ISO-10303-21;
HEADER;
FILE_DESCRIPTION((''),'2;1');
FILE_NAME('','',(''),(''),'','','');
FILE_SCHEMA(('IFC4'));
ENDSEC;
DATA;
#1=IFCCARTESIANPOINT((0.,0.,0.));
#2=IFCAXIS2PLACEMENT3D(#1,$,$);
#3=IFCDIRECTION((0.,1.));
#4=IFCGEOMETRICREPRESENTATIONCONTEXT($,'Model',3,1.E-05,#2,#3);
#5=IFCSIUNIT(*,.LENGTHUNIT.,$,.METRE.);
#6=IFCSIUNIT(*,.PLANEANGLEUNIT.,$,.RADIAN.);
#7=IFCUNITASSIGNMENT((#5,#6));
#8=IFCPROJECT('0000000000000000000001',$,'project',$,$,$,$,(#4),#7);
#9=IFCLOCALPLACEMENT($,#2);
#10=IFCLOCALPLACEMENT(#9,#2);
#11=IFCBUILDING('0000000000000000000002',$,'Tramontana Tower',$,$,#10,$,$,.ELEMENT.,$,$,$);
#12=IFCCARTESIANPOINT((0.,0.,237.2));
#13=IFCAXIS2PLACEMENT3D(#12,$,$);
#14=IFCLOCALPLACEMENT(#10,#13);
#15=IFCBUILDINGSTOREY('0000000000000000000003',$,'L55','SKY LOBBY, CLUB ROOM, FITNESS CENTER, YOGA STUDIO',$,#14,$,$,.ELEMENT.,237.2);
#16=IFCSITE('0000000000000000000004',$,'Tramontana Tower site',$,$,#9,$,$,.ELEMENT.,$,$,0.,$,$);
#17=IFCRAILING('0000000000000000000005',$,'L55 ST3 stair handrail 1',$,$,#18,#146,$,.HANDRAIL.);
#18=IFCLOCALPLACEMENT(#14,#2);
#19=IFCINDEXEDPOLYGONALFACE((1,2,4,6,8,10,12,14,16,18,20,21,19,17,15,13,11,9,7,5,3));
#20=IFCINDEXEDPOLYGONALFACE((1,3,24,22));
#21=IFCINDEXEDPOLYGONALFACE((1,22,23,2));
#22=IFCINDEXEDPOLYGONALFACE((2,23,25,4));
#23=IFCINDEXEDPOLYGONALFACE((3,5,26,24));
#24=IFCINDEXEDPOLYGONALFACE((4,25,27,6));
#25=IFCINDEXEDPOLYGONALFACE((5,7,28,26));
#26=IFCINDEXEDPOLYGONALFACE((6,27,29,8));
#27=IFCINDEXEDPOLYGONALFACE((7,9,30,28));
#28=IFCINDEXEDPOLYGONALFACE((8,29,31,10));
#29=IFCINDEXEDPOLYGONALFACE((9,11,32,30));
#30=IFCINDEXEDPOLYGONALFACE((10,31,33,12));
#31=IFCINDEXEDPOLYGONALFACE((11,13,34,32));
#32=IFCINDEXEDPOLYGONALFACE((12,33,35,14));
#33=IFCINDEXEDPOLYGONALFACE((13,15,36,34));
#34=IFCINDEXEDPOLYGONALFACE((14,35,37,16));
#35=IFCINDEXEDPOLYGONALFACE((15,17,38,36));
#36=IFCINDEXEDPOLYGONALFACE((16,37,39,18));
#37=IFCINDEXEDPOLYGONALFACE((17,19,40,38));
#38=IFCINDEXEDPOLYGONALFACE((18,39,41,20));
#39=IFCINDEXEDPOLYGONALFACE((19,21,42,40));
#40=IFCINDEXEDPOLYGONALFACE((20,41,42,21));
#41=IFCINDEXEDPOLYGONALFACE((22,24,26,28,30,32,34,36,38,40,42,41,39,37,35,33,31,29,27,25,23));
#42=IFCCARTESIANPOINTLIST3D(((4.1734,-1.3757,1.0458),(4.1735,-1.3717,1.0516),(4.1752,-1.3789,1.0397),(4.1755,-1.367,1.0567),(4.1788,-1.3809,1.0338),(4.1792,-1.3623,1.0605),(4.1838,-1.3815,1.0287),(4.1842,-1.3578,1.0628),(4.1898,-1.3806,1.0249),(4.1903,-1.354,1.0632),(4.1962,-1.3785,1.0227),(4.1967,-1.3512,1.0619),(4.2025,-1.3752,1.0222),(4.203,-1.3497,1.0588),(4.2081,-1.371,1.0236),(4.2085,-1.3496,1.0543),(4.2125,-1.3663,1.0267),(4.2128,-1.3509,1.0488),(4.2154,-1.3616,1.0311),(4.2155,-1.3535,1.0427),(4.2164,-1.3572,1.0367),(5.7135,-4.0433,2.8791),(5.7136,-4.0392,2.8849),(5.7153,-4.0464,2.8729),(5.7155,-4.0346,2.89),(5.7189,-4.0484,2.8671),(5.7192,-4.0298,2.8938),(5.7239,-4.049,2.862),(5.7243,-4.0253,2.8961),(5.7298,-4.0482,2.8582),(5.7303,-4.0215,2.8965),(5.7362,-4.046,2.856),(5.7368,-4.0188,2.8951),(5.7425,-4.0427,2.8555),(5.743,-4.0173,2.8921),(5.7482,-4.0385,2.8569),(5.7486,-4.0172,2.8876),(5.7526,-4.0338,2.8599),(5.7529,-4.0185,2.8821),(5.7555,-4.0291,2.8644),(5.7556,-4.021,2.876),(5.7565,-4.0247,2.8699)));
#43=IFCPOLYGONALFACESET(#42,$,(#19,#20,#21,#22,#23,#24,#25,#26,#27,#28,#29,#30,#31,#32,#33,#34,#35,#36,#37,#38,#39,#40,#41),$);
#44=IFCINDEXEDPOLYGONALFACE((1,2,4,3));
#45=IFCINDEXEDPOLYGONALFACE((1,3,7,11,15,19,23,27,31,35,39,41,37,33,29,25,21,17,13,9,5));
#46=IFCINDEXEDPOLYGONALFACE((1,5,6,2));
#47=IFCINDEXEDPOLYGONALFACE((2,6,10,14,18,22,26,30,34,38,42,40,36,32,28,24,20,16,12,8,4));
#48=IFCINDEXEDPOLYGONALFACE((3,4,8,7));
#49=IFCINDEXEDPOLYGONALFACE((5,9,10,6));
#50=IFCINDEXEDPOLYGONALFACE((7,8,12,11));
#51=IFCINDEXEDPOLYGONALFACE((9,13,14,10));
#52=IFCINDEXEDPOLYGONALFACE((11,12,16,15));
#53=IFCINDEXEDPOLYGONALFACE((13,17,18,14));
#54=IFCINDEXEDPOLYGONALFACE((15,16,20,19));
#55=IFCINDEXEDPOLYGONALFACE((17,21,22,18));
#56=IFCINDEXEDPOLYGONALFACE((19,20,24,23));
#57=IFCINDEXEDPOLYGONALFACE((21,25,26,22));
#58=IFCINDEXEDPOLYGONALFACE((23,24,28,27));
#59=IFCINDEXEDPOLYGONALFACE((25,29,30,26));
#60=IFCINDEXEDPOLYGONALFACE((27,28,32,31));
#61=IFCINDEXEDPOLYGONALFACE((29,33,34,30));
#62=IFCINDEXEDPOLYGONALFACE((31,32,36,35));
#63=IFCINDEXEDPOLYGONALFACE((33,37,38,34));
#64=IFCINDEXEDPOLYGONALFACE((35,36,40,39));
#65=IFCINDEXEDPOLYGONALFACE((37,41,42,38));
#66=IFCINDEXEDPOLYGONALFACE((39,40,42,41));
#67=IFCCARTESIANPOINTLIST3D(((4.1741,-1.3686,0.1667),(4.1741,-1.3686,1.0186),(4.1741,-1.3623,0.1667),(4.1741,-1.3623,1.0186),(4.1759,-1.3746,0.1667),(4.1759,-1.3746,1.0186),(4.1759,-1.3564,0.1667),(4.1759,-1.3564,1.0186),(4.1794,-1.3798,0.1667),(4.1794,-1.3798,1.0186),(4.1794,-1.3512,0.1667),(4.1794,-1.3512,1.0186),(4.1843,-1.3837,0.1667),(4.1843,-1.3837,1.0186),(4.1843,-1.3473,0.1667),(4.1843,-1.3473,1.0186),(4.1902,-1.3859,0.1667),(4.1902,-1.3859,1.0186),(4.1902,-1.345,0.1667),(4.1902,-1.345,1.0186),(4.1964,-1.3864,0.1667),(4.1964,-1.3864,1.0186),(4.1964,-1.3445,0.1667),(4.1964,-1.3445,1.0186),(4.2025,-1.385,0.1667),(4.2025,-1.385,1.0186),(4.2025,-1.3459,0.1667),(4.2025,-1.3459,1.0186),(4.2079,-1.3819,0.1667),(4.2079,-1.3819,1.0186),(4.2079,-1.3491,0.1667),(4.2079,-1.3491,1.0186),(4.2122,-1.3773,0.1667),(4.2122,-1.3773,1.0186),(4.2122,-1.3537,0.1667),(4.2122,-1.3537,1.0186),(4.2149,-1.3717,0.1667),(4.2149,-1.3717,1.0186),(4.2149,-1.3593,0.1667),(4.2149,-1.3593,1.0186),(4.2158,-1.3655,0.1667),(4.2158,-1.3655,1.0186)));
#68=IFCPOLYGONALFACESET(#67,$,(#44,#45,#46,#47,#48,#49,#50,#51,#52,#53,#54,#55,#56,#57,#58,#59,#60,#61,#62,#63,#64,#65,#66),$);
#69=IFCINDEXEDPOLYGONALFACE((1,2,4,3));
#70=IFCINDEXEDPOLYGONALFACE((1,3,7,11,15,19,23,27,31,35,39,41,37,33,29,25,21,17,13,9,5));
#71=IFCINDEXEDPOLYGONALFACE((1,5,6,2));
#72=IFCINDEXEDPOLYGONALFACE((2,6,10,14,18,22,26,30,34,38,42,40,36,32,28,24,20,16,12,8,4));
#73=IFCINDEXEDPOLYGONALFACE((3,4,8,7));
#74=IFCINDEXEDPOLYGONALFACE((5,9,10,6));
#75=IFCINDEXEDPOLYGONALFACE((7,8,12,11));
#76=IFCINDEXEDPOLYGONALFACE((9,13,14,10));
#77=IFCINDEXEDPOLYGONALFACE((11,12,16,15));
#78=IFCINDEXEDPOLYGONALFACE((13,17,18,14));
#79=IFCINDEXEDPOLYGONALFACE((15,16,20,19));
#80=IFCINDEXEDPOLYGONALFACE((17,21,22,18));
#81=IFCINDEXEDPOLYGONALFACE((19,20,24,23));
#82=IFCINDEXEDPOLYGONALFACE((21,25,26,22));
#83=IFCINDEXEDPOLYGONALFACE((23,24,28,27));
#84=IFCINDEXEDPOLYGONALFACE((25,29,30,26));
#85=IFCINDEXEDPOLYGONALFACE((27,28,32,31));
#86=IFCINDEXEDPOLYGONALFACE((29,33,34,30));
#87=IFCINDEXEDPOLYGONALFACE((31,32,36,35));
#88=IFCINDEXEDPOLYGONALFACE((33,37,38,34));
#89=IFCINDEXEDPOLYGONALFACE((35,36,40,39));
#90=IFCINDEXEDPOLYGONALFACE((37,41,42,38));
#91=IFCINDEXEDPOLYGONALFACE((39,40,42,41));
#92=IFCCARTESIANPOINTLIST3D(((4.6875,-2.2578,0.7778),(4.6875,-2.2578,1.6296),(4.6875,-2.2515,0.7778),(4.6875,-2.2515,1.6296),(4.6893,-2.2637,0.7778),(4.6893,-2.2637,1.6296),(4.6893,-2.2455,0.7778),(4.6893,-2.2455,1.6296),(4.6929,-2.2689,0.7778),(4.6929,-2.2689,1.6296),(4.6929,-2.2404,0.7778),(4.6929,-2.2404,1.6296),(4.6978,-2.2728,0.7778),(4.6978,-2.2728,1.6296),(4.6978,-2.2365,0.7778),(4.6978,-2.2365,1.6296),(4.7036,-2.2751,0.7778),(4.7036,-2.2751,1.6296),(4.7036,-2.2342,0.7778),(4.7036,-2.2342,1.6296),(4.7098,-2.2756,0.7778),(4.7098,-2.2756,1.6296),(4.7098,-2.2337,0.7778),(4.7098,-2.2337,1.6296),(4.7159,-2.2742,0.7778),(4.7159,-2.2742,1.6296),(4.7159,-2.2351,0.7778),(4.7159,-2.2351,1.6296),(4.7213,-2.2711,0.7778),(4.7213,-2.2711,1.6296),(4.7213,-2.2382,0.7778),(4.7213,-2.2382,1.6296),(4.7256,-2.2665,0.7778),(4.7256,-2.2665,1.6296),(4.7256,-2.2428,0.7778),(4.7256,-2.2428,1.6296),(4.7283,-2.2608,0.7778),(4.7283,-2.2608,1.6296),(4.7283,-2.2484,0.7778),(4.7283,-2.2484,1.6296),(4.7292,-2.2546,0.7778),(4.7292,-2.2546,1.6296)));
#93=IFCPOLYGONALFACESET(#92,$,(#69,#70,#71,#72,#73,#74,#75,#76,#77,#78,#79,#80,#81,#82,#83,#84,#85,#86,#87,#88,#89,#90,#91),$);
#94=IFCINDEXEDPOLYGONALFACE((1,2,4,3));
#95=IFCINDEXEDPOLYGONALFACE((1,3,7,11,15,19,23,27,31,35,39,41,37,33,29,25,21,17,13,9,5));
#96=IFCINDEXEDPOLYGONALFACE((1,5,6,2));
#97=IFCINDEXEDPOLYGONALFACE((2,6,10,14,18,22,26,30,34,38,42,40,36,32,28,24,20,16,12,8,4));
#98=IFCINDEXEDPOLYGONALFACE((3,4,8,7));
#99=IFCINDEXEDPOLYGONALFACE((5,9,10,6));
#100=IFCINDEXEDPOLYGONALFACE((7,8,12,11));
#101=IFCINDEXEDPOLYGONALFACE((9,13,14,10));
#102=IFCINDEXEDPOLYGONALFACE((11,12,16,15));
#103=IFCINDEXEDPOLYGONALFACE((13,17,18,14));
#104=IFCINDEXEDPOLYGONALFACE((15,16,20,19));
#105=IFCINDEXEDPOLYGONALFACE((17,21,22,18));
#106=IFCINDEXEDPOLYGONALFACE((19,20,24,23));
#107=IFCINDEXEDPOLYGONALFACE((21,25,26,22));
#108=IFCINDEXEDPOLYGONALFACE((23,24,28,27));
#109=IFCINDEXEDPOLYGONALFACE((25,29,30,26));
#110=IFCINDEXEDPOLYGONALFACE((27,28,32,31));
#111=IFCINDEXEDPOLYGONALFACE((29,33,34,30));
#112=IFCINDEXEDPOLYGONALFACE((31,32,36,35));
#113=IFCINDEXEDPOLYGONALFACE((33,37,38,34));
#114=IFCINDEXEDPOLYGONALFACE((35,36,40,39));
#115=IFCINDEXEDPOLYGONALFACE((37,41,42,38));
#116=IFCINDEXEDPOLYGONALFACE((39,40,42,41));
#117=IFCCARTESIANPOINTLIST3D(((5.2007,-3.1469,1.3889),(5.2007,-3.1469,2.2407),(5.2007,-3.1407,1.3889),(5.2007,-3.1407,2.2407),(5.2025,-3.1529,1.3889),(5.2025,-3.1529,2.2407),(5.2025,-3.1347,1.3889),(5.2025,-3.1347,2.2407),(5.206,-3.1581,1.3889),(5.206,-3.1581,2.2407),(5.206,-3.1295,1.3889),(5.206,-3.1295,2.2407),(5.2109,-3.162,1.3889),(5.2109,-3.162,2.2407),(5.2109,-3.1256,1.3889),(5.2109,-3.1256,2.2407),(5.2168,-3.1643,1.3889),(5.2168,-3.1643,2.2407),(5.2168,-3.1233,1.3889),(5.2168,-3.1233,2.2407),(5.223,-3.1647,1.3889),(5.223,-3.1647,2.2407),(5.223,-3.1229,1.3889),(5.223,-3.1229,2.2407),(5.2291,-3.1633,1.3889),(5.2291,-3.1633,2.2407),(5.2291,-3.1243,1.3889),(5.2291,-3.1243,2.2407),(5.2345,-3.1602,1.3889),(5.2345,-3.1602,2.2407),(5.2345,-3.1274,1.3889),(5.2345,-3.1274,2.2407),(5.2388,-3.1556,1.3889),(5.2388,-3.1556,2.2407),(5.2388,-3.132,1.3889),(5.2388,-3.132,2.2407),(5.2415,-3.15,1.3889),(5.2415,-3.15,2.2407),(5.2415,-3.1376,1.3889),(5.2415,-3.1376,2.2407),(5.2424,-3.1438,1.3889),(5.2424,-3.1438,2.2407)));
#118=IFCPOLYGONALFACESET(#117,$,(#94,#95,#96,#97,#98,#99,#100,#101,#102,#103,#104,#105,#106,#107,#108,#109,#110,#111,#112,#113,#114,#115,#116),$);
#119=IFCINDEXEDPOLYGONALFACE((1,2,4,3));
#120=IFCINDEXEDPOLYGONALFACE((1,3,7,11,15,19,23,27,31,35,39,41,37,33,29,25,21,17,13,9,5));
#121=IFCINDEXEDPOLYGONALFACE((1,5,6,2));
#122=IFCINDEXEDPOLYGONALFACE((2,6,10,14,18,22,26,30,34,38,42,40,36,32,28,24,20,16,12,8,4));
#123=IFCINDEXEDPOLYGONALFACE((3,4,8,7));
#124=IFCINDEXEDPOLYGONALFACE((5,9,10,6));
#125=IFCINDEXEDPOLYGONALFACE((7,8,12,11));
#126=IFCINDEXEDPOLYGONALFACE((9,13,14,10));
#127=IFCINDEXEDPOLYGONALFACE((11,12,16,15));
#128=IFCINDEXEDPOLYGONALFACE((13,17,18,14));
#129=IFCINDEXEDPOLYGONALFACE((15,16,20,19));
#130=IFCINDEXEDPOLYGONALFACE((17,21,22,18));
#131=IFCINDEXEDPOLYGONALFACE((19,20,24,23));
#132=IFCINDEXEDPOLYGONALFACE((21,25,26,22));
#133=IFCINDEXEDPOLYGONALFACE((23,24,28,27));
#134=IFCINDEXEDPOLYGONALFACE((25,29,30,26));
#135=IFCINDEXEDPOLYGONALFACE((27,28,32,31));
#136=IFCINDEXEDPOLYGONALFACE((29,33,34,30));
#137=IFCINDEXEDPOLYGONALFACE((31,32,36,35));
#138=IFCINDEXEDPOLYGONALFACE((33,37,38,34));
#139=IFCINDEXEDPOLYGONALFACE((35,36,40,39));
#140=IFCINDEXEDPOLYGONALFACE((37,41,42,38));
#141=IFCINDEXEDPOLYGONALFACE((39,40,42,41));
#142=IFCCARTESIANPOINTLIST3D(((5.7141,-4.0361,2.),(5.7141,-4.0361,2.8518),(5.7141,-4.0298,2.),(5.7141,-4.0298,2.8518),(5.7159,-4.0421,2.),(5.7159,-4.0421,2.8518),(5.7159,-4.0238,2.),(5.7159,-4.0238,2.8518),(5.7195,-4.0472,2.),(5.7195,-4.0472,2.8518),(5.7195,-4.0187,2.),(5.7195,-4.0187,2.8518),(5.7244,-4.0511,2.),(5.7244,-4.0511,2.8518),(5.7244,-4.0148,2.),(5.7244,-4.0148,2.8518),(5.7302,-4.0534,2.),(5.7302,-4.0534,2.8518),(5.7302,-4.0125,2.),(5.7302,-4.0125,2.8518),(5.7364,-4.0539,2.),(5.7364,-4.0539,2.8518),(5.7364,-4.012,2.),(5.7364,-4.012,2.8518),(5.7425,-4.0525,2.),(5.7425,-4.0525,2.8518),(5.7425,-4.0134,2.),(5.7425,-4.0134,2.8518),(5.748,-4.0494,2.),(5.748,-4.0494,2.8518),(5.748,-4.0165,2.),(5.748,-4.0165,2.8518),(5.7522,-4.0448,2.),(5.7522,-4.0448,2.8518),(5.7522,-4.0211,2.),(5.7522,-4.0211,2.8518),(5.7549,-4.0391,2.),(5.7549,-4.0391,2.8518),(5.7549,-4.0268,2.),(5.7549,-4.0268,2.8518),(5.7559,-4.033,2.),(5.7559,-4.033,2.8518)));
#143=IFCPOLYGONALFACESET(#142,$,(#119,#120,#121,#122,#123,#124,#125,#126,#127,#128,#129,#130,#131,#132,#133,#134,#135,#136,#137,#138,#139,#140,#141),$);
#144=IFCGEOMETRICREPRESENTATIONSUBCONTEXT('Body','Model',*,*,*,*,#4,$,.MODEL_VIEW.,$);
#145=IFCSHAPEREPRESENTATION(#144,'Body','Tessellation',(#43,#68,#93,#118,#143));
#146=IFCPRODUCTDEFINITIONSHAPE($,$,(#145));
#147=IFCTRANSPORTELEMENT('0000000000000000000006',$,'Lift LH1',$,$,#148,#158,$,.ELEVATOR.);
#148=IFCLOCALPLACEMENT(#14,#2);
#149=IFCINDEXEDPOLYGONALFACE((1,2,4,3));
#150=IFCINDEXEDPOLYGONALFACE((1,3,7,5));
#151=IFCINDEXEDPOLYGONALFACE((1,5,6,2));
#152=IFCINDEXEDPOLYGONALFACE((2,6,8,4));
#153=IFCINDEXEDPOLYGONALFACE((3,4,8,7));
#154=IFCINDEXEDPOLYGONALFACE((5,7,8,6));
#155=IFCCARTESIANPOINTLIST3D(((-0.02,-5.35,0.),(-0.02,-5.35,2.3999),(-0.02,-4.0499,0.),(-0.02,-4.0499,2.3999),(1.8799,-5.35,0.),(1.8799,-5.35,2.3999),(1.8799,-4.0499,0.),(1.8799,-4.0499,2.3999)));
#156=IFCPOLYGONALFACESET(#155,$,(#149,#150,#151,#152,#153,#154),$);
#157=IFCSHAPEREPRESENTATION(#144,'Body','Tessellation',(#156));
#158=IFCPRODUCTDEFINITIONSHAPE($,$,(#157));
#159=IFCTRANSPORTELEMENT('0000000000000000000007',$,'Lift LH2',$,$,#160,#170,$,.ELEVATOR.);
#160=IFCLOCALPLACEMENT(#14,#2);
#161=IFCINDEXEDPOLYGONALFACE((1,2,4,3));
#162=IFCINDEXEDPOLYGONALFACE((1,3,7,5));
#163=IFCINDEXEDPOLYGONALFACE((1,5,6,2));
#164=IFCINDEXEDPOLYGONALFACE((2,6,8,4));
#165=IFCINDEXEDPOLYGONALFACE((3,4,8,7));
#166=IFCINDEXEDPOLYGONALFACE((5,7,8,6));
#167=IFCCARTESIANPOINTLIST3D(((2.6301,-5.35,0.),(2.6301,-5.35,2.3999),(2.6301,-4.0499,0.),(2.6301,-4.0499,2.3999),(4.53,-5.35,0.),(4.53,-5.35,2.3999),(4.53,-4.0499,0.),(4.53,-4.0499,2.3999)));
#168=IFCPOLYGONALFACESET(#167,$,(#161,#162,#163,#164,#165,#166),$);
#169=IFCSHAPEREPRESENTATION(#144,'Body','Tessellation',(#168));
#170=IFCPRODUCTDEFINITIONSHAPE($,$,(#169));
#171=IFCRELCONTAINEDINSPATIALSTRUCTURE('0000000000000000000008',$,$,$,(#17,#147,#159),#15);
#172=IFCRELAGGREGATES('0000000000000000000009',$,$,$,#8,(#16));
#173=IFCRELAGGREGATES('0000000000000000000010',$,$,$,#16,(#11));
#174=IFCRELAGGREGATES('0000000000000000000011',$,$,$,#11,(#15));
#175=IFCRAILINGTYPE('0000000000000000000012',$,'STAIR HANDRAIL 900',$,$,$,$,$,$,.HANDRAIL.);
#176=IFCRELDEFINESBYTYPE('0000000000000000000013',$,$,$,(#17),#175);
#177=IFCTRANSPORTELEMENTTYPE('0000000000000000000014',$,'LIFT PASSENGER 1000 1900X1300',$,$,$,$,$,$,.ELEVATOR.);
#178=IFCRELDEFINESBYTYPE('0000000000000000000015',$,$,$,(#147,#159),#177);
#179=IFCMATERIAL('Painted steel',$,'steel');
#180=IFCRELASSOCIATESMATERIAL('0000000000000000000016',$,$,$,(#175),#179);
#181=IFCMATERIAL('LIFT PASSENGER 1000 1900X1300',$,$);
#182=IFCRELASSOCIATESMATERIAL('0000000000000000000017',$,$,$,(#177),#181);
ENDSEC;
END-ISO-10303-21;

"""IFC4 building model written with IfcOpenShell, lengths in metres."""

from ifc_helpers import new_model, si_unit, direction, frame, origin, origin_2d, place, context, subcontext, project, spatial, rectangle, circle, extrude, material, type_object, element, save


model = new_model("IFC4")

# Units and contexts
model_context = context("Model", 3, precision=1e-05, world=origin(), true_north=direction((0.0, 1.0)))
body_context = subcontext(model_context, "Body", "Model", "MODEL_VIEW")
ifc_project = project(units=[si_unit("LENGTHUNIT", "METRE"), si_unit("PLANEANGLEUNIT", "RADIAN")], contexts=[model_context])

# Site, building, storey
site_placement = place(None, origin())
site = spatial("IfcSite", under=ifc_project, at=site_placement, Name="Tramontana Tower site", CompositionType="ELEMENT", RefElevation=0.0)
building_placement = place(site_placement, origin())
building = spatial("IfcBuilding", under=site, at=building_placement, Name="Tramontana Tower", CompositionType="ELEMENT")
storey_placement = place(building_placement, frame((0.0, 0.0, 237.2)))
storey = spatial("IfcBuildingStorey", under=building, at=storey_placement, Name="L55", Description="SKY LOBBY, CLUB ROOM, FITNESS CENTER, YOGA STUDIO", CompositionType="ELEMENT", Elevation=237.2)

# Railing
ifc_material_1 = material(Name="Painted steel", Category="steel")
railing_type_1 = type_object("IfcRailingType", Name="STAIR HANDRAIL 900", PredefinedType="HANDRAIL", material=ifc_material_1)
railing_1_placement = place(storey_placement, frame((4.1948, -1.3655, 0.1667)))
element("IfcRailing", 1, at=railing_1_placement, inside=storey, type_object=railing_type_1, Name="L55 ST3 stair handrail 1", PredefinedType="HANDRAIL", context=body_context, shape_type="SweptSolid", body=[
    extrude(circle(Radius=0.0239, at=origin_2d()), frame((0.0, 0.0, 0.876), z_axis=(0.429649, -0.74419, 0.511452), x_axis=(0.86603, 0.499992, 0.0)), (0.0, 0.0, 1.0), 3.5845),
    extrude(circle(Radius=0.021, at=origin_2d()), origin(), (0.0, 0.0, 1.0), 0.8518),
    extrude(circle(Radius=0.021, at=origin_2d()), frame((0.5134, -0.8892, 0.6111)), (0.0, 0.0, 1.0), 0.8518),
    extrude(circle(Radius=0.021, at=origin_2d()), frame((1.0266, -1.7783, 1.2222)), (0.0, 0.0, 1.0), 0.8518),
    extrude(circle(Radius=0.021, at=origin_2d()), frame((1.54, -2.6675, 1.8333)), (0.0, 0.0, 1.0), 0.8518),
])

# Transport elements
ifc_material_2 = material(Name="LIFT PASSENGER 1000 1900X1300")
transport_element_type = type_object("IfcTransportElementType", Name="LIFT PASSENGER 1000 1900X1300", PredefinedType="ELEVATOR", material=ifc_material_2)
for number, where, z_axis, x_axis, name in (
    (2, (0.9299, -4.7, 0.0), (0.0, 0.0, 1.0), (1.0, 0.0, 0.0), "Lift LH1"),
    (3, (3.5801, -4.7, 0.0), (0.0, 0.0, 1.0), (1.0, 0.0, 0.0), "Lift LH2"),
):
    element("IfcTransportElement", number, at=place(storey_placement, frame(where, z_axis=z_axis, x_axis=x_axis)), inside=storey, type_object=transport_element_type, Name=name, PredefinedType="ELEVATOR", context=body_context, shape_type="SweptSolid", body=[
        extrude(rectangle(XDim=1.8999, YDim=1.3, at=origin_2d()), origin(), (0.0, 0.0, 1.0), 2.3999),
    ])

save(model, "model.ifc")
